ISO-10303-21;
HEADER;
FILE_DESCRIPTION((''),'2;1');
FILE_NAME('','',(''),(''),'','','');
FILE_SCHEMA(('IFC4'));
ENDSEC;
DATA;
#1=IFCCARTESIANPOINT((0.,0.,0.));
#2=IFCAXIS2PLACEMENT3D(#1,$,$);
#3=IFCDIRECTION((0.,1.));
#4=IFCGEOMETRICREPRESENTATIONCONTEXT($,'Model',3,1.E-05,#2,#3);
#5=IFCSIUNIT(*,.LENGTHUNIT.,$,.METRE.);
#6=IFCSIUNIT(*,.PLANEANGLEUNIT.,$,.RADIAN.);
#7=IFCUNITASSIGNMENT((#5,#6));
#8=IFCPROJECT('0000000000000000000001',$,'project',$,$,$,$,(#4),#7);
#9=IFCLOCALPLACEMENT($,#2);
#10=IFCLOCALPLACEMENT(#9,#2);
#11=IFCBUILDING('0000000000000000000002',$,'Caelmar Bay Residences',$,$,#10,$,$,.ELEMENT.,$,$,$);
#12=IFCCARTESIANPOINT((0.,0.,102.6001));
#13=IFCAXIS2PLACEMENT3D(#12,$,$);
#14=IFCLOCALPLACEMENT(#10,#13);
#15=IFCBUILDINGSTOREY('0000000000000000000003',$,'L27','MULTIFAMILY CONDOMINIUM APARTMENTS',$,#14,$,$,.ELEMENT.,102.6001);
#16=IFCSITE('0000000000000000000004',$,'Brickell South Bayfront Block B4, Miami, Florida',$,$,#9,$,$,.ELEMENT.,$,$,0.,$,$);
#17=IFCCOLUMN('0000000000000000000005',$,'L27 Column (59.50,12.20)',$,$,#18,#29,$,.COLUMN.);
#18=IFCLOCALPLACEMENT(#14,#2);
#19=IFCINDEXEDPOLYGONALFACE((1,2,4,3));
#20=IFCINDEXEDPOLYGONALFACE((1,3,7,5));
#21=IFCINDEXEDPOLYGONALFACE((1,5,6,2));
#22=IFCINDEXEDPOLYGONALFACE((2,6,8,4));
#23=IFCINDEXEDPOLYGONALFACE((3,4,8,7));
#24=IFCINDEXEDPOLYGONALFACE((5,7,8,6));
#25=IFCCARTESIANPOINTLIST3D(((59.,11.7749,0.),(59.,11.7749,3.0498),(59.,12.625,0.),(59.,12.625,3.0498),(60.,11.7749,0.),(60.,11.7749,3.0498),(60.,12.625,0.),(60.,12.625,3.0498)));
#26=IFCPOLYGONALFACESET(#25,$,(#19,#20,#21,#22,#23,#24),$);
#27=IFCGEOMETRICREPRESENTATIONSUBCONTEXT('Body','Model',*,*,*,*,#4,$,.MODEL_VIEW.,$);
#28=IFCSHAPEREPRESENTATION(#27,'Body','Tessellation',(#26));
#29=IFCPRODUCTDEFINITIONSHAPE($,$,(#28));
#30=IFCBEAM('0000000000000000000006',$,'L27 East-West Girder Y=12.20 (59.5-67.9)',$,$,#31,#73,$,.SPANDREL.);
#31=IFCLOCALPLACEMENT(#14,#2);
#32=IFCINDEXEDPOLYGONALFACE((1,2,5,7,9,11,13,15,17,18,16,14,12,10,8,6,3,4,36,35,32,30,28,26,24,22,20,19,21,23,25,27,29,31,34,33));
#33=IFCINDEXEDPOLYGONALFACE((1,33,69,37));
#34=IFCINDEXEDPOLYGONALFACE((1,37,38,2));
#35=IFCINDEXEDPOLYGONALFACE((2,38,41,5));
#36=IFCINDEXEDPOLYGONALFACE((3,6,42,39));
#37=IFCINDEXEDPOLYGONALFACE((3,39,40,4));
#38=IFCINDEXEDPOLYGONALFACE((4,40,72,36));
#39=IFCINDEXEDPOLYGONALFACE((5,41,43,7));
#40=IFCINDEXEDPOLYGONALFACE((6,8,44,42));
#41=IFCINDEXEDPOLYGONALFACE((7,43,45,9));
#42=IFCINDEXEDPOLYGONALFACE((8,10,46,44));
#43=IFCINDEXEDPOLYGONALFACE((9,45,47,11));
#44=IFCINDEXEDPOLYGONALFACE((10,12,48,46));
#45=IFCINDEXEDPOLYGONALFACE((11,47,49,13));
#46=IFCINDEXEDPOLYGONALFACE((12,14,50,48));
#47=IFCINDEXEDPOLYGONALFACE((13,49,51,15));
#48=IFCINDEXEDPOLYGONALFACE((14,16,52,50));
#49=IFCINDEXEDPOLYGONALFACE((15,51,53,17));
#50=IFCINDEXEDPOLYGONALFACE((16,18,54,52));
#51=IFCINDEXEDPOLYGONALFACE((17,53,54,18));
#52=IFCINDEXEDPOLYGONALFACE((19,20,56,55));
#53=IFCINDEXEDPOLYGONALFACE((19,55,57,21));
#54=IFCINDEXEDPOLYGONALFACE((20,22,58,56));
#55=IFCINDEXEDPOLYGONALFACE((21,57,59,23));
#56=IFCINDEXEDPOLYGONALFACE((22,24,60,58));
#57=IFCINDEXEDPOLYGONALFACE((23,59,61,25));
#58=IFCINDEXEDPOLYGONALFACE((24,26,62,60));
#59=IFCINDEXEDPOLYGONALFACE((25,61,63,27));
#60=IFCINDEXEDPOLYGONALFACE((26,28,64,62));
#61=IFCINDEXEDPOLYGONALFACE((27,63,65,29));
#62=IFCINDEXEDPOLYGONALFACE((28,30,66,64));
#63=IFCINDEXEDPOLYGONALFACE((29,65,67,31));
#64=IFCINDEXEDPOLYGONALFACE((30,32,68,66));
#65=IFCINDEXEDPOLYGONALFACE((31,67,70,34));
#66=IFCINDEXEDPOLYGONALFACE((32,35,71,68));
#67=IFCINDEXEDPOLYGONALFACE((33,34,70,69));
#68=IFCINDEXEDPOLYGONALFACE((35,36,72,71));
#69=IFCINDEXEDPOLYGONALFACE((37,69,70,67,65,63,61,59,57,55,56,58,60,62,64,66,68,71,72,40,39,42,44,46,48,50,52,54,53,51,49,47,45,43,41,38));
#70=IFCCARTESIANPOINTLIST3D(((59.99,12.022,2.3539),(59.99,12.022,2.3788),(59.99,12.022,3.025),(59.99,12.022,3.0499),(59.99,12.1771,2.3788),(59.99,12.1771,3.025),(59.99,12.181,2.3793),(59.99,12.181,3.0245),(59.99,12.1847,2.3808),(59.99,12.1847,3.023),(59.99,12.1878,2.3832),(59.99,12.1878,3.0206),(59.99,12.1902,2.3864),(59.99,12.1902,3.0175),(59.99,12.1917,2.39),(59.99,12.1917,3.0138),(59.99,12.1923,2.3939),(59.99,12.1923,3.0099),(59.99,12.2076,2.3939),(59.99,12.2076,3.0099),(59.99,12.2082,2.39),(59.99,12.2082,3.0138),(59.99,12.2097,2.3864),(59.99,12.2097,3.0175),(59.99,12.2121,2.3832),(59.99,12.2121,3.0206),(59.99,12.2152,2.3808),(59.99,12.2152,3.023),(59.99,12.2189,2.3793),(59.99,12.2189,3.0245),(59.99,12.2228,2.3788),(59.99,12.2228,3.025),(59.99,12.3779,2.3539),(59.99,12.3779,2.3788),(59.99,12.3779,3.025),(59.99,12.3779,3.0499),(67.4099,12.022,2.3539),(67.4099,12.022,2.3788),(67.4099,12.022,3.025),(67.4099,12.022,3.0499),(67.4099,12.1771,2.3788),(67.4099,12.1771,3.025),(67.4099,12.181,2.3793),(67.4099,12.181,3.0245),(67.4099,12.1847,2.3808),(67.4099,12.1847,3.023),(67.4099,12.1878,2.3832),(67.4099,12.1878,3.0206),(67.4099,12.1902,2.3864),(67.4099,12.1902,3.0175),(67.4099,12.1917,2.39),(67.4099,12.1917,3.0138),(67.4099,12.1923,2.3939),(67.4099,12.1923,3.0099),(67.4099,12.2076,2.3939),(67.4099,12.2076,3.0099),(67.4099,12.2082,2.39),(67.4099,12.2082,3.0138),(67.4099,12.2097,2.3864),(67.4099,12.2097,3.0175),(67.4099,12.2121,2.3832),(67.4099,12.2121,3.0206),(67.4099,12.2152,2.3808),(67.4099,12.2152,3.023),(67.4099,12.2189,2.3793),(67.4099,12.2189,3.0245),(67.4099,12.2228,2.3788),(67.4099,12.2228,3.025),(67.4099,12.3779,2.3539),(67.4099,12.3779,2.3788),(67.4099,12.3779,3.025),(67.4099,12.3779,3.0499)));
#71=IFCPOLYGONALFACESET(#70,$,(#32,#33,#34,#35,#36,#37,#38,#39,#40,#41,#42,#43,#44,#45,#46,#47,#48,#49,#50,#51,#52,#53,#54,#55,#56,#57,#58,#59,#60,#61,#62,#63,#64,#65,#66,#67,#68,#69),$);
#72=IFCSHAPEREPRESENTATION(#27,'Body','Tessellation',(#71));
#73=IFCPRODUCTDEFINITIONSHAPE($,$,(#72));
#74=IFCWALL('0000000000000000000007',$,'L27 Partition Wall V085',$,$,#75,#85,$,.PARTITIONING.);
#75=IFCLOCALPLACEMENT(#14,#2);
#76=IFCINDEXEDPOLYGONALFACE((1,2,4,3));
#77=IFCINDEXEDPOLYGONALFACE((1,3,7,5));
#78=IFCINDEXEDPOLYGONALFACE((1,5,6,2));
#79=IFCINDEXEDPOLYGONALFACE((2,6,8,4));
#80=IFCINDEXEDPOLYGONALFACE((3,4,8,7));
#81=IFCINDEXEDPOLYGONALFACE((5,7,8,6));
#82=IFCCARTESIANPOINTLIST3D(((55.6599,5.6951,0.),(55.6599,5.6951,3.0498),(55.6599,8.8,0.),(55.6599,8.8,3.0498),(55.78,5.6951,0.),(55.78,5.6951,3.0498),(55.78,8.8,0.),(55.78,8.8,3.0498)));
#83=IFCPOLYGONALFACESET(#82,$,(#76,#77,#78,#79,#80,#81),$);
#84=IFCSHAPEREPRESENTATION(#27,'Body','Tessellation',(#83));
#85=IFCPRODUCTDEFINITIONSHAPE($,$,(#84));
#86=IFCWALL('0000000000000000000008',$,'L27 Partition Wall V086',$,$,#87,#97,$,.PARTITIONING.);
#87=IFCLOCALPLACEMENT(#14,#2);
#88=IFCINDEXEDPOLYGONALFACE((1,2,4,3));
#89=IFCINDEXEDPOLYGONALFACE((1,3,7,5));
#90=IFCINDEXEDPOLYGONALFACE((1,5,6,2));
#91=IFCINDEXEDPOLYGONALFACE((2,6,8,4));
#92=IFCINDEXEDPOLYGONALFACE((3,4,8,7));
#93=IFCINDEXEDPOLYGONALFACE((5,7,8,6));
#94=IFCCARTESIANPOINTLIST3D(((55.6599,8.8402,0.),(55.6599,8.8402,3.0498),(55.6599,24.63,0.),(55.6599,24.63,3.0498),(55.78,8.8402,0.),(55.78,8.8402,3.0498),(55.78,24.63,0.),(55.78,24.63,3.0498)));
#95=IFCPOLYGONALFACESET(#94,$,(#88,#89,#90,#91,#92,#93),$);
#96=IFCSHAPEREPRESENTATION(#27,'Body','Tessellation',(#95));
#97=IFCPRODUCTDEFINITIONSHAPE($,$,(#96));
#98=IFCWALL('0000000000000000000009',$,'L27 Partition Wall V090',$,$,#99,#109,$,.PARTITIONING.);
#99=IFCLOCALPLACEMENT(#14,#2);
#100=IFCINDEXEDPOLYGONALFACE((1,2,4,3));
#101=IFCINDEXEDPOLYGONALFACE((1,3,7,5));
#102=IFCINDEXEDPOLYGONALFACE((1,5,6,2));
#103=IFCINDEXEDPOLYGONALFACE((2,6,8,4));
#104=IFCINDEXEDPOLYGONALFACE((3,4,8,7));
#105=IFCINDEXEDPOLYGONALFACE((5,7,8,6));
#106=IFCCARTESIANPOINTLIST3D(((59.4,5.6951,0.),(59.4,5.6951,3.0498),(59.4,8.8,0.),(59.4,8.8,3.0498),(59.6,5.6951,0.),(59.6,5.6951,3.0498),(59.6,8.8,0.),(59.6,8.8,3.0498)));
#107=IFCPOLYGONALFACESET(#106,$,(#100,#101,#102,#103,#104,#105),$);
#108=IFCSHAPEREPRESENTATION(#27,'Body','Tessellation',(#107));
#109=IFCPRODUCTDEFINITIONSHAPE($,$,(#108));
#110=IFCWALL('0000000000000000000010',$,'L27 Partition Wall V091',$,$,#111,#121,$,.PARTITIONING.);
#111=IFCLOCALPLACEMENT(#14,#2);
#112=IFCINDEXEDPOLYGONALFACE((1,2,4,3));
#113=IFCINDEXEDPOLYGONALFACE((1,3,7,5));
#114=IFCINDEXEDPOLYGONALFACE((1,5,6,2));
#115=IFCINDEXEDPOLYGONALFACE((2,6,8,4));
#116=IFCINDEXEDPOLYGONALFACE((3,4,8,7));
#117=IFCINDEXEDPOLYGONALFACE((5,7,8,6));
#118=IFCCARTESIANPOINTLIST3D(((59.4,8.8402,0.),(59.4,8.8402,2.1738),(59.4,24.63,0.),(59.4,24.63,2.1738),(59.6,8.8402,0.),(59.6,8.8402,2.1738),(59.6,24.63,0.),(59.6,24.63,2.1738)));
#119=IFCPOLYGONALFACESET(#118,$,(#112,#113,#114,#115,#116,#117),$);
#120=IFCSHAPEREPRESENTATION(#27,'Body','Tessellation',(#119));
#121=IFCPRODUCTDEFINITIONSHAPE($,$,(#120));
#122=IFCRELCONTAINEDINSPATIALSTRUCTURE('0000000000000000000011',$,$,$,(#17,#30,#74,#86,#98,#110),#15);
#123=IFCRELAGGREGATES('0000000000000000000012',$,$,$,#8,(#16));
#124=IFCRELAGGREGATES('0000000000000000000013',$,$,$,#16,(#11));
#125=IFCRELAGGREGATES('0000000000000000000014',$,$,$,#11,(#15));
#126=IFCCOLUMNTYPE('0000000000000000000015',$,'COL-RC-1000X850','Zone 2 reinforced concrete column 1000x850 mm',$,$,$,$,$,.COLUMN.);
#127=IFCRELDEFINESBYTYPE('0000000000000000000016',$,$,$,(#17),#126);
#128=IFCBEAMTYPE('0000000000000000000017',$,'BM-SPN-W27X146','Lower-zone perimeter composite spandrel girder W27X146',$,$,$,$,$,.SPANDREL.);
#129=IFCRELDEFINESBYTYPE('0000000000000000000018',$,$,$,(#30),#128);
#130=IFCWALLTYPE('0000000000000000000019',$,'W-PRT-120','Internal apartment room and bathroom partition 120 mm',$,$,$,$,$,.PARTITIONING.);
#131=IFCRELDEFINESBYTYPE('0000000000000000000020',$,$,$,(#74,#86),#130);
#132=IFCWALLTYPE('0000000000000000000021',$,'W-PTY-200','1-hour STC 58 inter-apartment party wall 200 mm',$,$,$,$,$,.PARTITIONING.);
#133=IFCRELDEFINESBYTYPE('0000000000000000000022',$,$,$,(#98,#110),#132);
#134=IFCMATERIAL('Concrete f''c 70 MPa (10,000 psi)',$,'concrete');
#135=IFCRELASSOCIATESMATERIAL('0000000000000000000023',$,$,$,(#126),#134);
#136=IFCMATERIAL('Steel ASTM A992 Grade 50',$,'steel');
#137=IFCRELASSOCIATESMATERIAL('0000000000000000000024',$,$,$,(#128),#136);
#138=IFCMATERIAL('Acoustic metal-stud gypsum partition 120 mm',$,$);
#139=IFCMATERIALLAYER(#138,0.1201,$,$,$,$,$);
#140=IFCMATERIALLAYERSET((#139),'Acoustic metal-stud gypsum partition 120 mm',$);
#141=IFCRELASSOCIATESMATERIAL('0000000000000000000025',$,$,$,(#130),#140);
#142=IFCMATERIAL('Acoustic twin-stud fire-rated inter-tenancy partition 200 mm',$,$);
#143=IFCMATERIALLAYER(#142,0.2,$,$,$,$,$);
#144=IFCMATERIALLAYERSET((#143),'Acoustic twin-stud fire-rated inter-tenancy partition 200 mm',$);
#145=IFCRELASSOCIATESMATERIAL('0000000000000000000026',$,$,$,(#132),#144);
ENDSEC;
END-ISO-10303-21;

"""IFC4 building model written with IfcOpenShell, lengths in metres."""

from ifc_helpers import new_model, si_unit, direction, frame, frame_2d, origin, origin_2d, place, context, subcontext, project, spatial, rectangle, i_section, extrude, material, layer, layer_set, material_profile, profile_set, type_object, element, save


model = new_model("IFC4")

# Units and contexts
model_context = context("Model", 3, precision=1e-05, world=origin(), true_north=direction((0.0, 1.0)))
body_context = subcontext(model_context, "Body", "Model", "MODEL_VIEW")
ifc_project = project(units=[si_unit("LENGTHUNIT", "METRE"), si_unit("PLANEANGLEUNIT", "RADIAN")], contexts=[model_context])

# Site, building, storey
site_placement = place(None, origin())
site = spatial("IfcSite", under=ifc_project, at=site_placement, Name="Brickell South Bayfront Block B4, Miami, Florida", CompositionType="ELEMENT", RefElevation=0.0)
building_placement = place(site_placement, origin())
building = spatial("IfcBuilding", under=site, at=building_placement, Name="Caelmar Bay Residences", CompositionType="ELEMENT")
storey_placement = place(building_placement, frame((0.0, 0.0, 102.6001)))
storey = spatial("IfcBuildingStorey", under=building, at=storey_placement, Name="L27", Description="MULTIFAMILY CONDOMINIUM APARTMENTS", CompositionType="ELEMENT", Elevation=102.6001)

# Column
ifc_material_1 = material(Name="Concrete f'c 70 MPa (10,000 psi)", Category="concrete")
ifc_material_profile_1 = material_profile(ifc_material_1, rectangle(XDim=1.0, YDim=0.8501, at=origin_2d()), Name="RC-COL-1000X850")
ifc_profile_set_1 = profile_set([ifc_material_profile_1], Name="Concrete f'c 70 MPa (10,000 psi)")
column_type = type_object("IfcColumnType", Name="COL-RC-1000X850", Description="Zone 2 reinforced concrete column 1000x850 mm", PredefinedType="COLUMN", material=ifc_profile_set_1)
column_placement = place(storey_placement, frame((59.5, 12.2, 0.0), z_axis=(0.0, 0.0, 1.0), x_axis=(1.0, 0.0, 0.0)))
element("IfcColumn", 1, at=column_placement, inside=storey, type_object=column_type, Name="L27 Column (59.50,12.20)", PredefinedType="COLUMN", context=body_context, shape_type="SweptSolid", body=[
    extrude(rectangle(XDim=1.0, YDim=0.8501, at=origin_2d()), origin(), (0.0, 0.0, 1.0), 3.0498),
])

# Beam
ifc_material_2 = material(Name="Steel ASTM A992 Grade 50", Category="steel")
ifc_material_profile_2 = material_profile(ifc_material_2, i_section(OverallWidth=0.356, OverallDepth=0.696, WebThickness=0.0154, FlangeThickness=0.0249, FilletRadius=0.0151, at=origin_2d()), Name="W27X146")
ifc_profile_set_2 = profile_set([ifc_material_profile_2], Name="Steel ASTM A992 Grade 50")
beam_type = type_object("IfcBeamType", Name="BM-SPN-W27X146", Description="Lower-zone perimeter composite spandrel girder W27X146", PredefinedType="SPANDREL", material=ifc_profile_set_2)
beam_placement = place(storey_placement, frame((59.99, 12.2, 2.7019), z_axis=(1.0, 0.0, 0.0), x_axis=(0.0, 1.0, 0.0)))
element("IfcBeam", 2, at=beam_placement, inside=storey, type_object=beam_type, Name="L27 East-West Girder Y=12.20 (59.5-67.9)", PredefinedType="SPANDREL", context=body_context, shape_type="SweptSolid", body=[
    extrude(i_section(OverallWidth=0.356, OverallDepth=0.696, WebThickness=0.0154, FlangeThickness=0.0249, FilletRadius=0.0151, at=origin_2d()), origin(), (0.0, 0.0, 1.0), 7.4199),
])

# Walls
ifc_material_3 = material(Name="Acoustic metal-stud gypsum partition 120 mm")
ifc_layer_1 = layer(ifc_material_3, 0.1201)
ifc_layer_set_1 = layer_set([ifc_layer_1], Name="Acoustic metal-stud gypsum partition 120 mm")
wall_type_1 = type_object("IfcWallType", Name="W-PRT-120", Description="Internal apartment room and bathroom partition 120 mm", PredefinedType="PARTITIONING", material=ifc_layer_set_1)
wall_1_placement = place(storey_placement, frame((55.72, 5.6951, 0.0), z_axis=(0.0, 0.0, 1.0), x_axis=(0.0, 1.0, 0.0)))
element("IfcWall", 3, at=wall_1_placement, inside=storey, type_object=wall_type_1, Name="L27 Partition Wall V085", PredefinedType="PARTITIONING", context=body_context, shape_type="SweptSolid", body=[
    extrude(rectangle(XDim=3.105, YDim=0.1201, at=frame_2d((1.5525, 0.0))), origin(), (0.0, 0.0, 1.0), 3.0498),
])
wall_2_placement = place(storey_placement, frame((55.72, 8.8401, 0.0), z_axis=(0.0, 0.0, 1.0), x_axis=(0.0, 1.0, 0.0)))
element("IfcWall", 4, at=wall_2_placement, inside=storey, type_object=wall_type_1, Name="L27 Partition Wall V086", PredefinedType="PARTITIONING", context=body_context, shape_type="SweptSolid", body=[
    extrude(rectangle(XDim=15.7898, YDim=0.1201, at=frame_2d((7.895, 0.0))), origin(), (0.0, 0.0, 1.0), 3.0498),
])

# Walls
ifc_material_4 = material(Name="Acoustic twin-stud fire-rated inter-tenancy partition 200 mm")
ifc_layer_2 = layer(ifc_material_4, 0.2)
ifc_layer_set_2 = layer_set([ifc_layer_2], Name="Acoustic twin-stud fire-rated inter-tenancy partition 200 mm")
wall_type_2 = type_object("IfcWallType", Name="W-PTY-200", Description="1-hour STC 58 inter-apartment party wall 200 mm", PredefinedType="PARTITIONING", material=ifc_layer_set_2)
wall_3_placement = place(storey_placement, frame((59.5, 5.6951, 0.0), z_axis=(0.0, 0.0, 1.0), x_axis=(0.0, 1.0, 0.0)))
element("IfcWall", 5, at=wall_3_placement, inside=storey, type_object=wall_type_2, Name="L27 Partition Wall V090", PredefinedType="PARTITIONING", context=body_context, shape_type="SweptSolid", body=[
    extrude(rectangle(XDim=3.105, YDim=0.2, at=frame_2d((1.5525, 0.0))), origin(), (0.0, 0.0, 1.0), 3.0498),
])
wall_4_placement = place(storey_placement, frame((59.5, 8.8401, 0.0), z_axis=(0.0, 0.0, 1.0), x_axis=(0.0, 1.0, 0.0)))
element("IfcWall", 6, at=wall_4_placement, inside=storey, type_object=wall_type_2, Name="L27 Partition Wall V091", PredefinedType="PARTITIONING", context=body_context, shape_type="SweptSolid", body=[
    extrude(rectangle(XDim=15.7898, YDim=0.2, at=frame_2d((7.895, 0.0))), origin(), (0.0, 0.0, 1.0), 2.1738),
])

save(model, "model.ifc")
